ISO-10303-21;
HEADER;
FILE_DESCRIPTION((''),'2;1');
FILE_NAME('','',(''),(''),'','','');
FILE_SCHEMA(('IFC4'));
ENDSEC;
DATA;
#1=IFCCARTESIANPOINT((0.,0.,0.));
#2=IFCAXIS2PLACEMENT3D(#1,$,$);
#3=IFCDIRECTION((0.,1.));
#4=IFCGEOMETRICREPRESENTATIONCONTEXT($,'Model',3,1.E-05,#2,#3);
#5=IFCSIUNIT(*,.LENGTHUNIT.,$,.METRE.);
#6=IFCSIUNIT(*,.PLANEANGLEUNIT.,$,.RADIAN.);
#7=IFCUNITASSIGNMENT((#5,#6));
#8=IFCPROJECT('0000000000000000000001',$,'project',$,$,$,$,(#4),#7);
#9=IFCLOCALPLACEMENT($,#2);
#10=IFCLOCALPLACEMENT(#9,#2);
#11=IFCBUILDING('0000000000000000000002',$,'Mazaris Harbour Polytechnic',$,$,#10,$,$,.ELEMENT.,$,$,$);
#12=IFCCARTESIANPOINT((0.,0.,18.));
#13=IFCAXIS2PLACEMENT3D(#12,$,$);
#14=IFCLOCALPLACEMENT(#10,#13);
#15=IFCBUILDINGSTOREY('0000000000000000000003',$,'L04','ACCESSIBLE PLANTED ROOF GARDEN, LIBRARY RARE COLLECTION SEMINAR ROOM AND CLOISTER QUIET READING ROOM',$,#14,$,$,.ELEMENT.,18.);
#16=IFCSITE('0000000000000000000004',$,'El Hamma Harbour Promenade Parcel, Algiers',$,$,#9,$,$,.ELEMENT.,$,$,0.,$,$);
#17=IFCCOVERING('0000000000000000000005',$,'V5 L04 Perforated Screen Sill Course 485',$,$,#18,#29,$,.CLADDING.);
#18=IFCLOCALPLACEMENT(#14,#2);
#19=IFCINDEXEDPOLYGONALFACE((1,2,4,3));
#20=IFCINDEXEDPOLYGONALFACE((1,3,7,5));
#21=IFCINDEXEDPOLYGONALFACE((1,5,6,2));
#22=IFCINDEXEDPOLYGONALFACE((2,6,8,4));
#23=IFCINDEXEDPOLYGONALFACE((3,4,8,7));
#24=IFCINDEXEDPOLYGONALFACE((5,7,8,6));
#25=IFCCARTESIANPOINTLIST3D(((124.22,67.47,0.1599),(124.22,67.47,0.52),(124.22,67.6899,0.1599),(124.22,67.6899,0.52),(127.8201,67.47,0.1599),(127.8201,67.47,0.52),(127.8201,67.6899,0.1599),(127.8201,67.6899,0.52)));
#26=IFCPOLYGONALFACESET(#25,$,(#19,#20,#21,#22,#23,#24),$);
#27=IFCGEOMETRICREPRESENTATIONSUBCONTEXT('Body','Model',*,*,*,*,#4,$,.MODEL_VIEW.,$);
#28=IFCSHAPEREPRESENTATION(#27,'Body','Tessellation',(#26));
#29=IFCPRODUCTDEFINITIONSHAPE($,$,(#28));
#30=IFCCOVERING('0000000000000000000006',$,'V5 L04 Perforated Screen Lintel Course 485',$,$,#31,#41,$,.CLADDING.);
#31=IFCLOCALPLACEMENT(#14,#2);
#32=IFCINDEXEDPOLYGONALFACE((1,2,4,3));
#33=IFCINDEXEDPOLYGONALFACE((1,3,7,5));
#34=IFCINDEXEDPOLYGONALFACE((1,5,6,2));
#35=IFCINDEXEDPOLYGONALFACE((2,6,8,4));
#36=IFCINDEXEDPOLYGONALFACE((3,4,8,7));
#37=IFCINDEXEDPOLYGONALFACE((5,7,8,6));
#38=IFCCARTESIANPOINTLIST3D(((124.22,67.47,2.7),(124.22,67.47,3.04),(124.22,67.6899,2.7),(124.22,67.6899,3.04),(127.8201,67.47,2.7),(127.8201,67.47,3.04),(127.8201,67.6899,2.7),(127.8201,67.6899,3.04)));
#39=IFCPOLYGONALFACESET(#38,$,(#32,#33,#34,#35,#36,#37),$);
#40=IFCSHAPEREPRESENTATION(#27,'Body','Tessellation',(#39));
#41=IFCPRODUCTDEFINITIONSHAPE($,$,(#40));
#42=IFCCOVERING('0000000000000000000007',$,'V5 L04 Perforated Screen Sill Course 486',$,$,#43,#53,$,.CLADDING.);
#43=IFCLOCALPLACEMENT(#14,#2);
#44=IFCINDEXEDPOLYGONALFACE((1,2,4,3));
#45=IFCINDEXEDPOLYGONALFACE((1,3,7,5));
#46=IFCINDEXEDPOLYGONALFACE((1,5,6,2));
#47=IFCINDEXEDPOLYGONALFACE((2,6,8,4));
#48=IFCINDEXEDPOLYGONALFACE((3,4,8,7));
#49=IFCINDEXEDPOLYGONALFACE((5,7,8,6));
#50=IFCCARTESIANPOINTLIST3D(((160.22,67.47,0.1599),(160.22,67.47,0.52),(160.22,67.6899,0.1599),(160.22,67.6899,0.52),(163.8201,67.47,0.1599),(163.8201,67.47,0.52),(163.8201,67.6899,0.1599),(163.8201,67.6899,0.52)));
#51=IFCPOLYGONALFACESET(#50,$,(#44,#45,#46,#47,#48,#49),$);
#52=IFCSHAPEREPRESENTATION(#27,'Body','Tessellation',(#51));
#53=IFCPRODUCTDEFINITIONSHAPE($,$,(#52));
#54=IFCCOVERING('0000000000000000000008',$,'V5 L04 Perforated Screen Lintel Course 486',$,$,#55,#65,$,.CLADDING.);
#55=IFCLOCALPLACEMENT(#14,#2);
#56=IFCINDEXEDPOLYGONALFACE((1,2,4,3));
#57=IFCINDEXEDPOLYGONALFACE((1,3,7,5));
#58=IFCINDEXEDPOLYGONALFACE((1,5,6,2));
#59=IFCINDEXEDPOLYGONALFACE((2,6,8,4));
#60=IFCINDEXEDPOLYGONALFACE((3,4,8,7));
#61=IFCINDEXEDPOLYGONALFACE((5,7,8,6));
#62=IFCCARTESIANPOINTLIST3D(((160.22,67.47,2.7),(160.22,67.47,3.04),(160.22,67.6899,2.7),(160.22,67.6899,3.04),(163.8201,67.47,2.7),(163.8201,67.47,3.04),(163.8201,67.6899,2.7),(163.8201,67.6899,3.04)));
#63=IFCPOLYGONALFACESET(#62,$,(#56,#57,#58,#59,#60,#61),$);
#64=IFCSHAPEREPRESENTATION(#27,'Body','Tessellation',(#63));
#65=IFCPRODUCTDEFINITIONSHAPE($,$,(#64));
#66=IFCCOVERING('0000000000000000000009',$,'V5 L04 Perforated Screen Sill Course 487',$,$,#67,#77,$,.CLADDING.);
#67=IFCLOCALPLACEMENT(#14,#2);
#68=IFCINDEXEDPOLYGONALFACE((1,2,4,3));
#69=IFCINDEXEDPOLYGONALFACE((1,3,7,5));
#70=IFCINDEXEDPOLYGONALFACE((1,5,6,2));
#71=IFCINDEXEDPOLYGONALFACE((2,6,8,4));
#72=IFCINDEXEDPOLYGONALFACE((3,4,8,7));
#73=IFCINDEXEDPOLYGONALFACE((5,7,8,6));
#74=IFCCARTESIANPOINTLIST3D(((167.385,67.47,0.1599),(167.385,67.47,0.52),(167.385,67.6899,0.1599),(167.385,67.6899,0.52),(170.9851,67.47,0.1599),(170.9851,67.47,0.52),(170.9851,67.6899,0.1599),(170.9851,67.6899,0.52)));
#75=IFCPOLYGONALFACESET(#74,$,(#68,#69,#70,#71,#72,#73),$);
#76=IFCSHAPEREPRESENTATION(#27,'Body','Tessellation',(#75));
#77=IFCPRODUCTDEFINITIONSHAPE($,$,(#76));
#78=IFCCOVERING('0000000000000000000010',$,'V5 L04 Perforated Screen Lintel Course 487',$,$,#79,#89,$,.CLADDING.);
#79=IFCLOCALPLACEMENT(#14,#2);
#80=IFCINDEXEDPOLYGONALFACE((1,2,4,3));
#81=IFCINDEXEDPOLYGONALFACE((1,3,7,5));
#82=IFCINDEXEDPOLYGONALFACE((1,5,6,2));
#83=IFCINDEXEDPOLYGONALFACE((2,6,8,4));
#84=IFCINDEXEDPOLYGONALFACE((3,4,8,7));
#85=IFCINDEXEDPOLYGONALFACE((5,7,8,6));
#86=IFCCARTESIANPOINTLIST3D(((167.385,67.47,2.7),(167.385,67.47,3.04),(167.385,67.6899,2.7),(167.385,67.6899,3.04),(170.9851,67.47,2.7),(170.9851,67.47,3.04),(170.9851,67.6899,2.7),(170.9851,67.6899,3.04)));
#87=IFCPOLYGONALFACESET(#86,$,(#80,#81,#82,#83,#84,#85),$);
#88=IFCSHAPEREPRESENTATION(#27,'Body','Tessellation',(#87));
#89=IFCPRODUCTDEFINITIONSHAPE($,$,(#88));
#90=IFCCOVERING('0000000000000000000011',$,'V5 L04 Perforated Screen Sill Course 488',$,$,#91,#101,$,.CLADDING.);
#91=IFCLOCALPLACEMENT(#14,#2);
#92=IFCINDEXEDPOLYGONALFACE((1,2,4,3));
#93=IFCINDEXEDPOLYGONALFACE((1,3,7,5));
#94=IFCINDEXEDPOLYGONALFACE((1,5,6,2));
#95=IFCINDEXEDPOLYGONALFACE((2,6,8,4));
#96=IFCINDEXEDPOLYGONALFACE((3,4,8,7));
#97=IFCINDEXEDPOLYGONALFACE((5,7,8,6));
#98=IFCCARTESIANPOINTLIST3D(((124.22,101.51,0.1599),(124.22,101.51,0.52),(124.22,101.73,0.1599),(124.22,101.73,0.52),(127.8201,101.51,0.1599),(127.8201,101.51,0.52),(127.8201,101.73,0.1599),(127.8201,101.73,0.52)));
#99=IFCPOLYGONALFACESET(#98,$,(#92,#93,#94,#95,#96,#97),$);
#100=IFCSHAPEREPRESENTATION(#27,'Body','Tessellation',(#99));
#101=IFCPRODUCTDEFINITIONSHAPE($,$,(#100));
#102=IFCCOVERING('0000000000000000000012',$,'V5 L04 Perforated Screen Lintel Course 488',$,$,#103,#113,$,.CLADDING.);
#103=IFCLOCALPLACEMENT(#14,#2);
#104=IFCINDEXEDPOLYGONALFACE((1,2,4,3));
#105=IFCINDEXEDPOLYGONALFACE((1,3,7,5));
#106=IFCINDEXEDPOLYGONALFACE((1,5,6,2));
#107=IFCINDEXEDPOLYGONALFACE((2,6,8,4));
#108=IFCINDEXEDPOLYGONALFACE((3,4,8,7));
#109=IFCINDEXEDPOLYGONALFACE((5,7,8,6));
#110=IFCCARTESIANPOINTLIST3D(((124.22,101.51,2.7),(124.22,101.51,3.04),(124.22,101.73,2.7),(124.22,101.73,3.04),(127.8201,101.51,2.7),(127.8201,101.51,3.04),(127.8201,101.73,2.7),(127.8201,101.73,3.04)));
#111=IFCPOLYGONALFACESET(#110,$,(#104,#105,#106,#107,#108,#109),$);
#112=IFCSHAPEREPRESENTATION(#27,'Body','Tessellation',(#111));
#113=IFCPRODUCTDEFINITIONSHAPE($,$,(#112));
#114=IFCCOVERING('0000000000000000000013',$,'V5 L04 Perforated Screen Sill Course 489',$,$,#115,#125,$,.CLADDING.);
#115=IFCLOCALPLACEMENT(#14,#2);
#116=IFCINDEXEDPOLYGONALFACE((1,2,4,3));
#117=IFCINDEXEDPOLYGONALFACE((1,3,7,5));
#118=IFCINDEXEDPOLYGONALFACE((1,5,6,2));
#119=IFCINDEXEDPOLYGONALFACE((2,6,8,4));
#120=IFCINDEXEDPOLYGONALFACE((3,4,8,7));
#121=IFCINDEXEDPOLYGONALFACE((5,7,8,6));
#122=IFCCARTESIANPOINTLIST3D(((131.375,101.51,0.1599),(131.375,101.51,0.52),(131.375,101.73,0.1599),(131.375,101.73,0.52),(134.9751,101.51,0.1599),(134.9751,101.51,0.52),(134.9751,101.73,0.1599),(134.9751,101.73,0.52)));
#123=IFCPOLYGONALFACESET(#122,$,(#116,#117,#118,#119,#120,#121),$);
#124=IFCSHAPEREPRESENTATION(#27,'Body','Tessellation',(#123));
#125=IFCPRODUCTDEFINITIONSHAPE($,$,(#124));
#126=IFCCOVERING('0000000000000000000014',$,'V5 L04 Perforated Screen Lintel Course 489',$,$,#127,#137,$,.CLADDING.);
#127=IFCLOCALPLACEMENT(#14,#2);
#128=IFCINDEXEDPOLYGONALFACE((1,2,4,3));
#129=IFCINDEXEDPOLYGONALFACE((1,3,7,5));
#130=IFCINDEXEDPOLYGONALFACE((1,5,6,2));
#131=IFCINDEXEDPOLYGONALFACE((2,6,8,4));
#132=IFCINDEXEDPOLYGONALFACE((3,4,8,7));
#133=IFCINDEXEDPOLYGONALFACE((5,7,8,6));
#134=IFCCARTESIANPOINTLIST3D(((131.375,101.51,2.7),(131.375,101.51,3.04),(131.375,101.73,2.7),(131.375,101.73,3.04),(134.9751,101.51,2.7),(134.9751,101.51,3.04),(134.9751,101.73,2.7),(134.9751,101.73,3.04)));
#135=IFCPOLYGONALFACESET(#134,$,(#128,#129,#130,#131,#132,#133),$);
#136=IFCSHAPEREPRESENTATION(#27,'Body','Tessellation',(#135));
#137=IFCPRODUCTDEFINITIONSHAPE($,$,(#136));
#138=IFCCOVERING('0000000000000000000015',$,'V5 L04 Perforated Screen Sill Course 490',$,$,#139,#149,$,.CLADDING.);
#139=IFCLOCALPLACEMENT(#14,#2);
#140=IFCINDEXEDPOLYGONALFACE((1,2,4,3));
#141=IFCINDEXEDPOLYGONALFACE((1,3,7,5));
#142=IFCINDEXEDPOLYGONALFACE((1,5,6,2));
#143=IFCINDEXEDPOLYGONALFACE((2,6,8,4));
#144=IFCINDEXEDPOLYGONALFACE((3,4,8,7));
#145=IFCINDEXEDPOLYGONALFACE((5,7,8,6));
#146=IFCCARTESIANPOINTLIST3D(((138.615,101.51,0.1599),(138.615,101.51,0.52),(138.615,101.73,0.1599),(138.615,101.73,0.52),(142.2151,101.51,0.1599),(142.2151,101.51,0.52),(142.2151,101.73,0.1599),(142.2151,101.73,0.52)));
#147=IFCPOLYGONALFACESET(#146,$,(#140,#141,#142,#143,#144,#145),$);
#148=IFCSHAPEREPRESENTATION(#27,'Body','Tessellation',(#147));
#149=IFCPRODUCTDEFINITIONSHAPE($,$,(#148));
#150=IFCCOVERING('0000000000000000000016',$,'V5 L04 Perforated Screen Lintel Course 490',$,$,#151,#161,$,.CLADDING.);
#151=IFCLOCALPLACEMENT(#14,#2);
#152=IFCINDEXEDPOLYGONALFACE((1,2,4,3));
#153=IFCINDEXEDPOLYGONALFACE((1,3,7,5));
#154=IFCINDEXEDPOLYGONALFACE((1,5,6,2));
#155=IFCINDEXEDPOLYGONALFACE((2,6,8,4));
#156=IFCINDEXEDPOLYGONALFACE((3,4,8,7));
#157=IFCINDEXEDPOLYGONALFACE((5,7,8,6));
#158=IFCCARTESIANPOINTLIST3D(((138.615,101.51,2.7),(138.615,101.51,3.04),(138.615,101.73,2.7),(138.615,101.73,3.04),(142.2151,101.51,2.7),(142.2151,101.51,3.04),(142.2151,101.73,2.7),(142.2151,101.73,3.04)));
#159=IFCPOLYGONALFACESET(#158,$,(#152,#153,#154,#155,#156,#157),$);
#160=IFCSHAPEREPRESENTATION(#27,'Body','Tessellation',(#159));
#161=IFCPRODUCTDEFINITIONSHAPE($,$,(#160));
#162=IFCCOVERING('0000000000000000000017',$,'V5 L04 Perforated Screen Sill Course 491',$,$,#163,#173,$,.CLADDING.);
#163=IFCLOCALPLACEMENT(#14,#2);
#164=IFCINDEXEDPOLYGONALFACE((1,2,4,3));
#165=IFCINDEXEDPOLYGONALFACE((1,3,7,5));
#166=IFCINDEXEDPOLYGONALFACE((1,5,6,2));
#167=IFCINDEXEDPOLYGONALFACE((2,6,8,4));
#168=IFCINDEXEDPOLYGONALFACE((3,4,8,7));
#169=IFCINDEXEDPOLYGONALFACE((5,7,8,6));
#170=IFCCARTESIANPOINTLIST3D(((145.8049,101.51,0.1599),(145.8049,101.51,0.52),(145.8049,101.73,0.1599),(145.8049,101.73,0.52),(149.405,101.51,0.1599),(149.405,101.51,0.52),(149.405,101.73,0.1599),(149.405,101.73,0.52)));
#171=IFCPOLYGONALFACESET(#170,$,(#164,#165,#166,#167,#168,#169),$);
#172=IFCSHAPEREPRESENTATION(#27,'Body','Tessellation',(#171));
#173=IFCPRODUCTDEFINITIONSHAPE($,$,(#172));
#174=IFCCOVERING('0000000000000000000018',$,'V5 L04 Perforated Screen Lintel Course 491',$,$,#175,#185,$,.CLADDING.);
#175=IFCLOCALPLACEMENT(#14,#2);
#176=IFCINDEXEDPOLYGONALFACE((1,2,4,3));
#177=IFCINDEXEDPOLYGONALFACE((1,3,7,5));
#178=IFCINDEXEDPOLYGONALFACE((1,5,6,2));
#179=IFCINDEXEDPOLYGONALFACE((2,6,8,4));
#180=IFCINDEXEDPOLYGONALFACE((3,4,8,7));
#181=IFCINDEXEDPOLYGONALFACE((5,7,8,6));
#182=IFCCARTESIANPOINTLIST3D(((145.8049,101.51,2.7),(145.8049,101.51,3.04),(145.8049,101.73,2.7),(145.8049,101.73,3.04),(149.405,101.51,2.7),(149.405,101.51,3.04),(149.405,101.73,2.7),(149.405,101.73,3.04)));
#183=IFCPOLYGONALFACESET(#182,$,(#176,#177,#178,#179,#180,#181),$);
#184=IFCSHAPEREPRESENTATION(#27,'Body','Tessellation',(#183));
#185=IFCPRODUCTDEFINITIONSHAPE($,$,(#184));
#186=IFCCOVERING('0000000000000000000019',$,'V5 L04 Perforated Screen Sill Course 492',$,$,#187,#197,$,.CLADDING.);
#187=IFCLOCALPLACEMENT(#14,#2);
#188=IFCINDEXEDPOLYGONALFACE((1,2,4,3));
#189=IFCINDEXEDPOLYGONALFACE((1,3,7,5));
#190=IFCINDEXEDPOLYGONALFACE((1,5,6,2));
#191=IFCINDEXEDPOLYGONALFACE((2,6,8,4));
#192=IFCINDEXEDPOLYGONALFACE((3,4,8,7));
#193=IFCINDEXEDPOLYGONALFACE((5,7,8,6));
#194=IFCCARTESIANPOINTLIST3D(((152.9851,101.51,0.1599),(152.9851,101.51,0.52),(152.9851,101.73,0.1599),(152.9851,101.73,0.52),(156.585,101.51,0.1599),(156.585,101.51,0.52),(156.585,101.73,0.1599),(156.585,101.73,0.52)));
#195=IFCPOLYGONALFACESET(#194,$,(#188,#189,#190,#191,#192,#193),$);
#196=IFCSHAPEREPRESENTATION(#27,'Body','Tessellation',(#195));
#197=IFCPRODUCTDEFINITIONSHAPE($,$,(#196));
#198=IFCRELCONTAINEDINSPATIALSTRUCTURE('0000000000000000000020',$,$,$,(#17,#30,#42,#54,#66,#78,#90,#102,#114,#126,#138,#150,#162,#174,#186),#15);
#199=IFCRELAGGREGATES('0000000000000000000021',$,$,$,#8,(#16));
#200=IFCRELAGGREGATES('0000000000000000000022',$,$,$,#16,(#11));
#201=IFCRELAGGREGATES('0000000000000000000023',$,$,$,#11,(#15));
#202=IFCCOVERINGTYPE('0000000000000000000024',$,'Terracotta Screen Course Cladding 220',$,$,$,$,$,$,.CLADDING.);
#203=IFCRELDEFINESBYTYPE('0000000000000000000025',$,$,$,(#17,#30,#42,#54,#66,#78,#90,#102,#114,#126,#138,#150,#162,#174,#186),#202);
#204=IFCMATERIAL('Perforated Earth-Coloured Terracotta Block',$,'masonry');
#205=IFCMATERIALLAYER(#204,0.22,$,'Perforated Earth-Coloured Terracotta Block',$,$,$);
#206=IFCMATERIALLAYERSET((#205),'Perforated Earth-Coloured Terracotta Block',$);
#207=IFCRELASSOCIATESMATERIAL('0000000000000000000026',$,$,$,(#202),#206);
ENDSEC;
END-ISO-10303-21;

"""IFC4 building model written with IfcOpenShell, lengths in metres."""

from ifc_helpers import new_model, si_unit, direction, frame, origin, place, context, subcontext, project, spatial, polyline, outline, extrude, material, layer, layer_set, type_object, element, save


model = new_model("IFC4")

# Units and contexts
model_context = context("Model", 3, precision=1e-05, world=origin(), true_north=direction((0.0, 1.0)))
body_context = subcontext(model_context, "Body", "Model", "MODEL_VIEW")
ifc_project = project(units=[si_unit("LENGTHUNIT", "METRE"), si_unit("PLANEANGLEUNIT", "RADIAN")], contexts=[model_context])

# Site, building, storey
site_placement = place(None, origin())
site = spatial("IfcSite", under=ifc_project, at=site_placement, Name="El Hamma Harbour Promenade Parcel, Algiers", CompositionType="ELEMENT", RefElevation=0.0)
building_placement = place(site_placement, origin())
building = spatial("IfcBuilding", under=site, at=building_placement, Name="Mazaris Harbour Polytechnic", CompositionType="ELEMENT")
storey_placement = place(building_placement, frame((0.0, 0.0, 18.0)))
storey = spatial("IfcBuildingStorey", under=building, at=storey_placement, Name="L04", Description="ACCESSIBLE PLANTED ROOF GARDEN, LIBRARY RARE COLLECTION SEMINAR ROOM AND CLOISTER QUIET READING ROOM", CompositionType="ELEMENT", Elevation=18.0)

# Coverings
ifc_material = material(Name="Perforated Earth-Coloured Terracotta Block", Category="masonry")
ifc_layer = layer(ifc_material, 0.22, Name="Perforated Earth-Coloured Terracotta Block")
ifc_layer_set = layer_set([ifc_layer], Name="Perforated Earth-Coloured Terracotta Block")
covering_type = type_object("IfcCoveringType", Name="Terracotta Screen Course Cladding 220", PredefinedType="CLADDING", material=ifc_layer_set)
covering_1_placement = place(storey_placement, frame((0.0, 0.0, 0.1599)))
element("IfcCovering", 1, at=covering_1_placement, inside=storey, type_object=covering_type, Name="V5 L04 Perforated Screen Sill Course 485", PredefinedType="CLADDING", context=body_context, shape_type="SweptSolid", body=[
    extrude(outline(polyline([(127.8201, 67.6899), (124.22, 67.6899), (124.22, 67.47), (127.8201, 67.47), (127.8201, 67.6899)])), origin(), (0.0, 0.0, 1.0), 0.3601),
])
covering_2_placement = place(storey_placement, frame((0.0, 0.0, 2.7)))
element("IfcCovering", 2, at=covering_2_placement, inside=storey, type_object=covering_type, Name="V5 L04 Perforated Screen Lintel Course 485", PredefinedType="CLADDING", context=body_context, shape_type="SweptSolid", body=[
    extrude(outline(polyline([(127.8201, 67.6899), (124.22, 67.6899), (124.22, 67.47), (127.8201, 67.47), (127.8201, 67.6899)])), origin(), (0.0, 0.0, 1.0), 0.3401),
])
covering_3_placement = place(storey_placement, frame((0.0, 0.0, 0.1599)))
element("IfcCovering", 3, at=covering_3_placement, inside=storey, type_object=covering_type, Name="V5 L04 Perforated Screen Sill Course 486", PredefinedType="CLADDING", context=body_context, shape_type="SweptSolid", body=[
    extrude(outline(polyline([(163.8201, 67.6899), (160.22, 67.6899), (160.22, 67.47), (163.8201, 67.47), (163.8201, 67.6899)])), origin(), (0.0, 0.0, 1.0), 0.3601),
])
covering_4_placement = place(storey_placement, frame((0.0, 0.0, 2.7)))
element("IfcCovering", 4, at=covering_4_placement, inside=storey, type_object=covering_type, Name="V5 L04 Perforated Screen Lintel Course 486", PredefinedType="CLADDING", context=body_context, shape_type="SweptSolid", body=[
    extrude(outline(polyline([(163.8201, 67.6899), (160.22, 67.6899), (160.22, 67.47), (163.8201, 67.47), (163.8201, 67.6899)])), origin(), (0.0, 0.0, 1.0), 0.3401),
])
covering_5_placement = place(storey_placement, frame((0.0, 0.0, 0.1599)))
element("IfcCovering", 5, at=covering_5_placement, inside=storey, type_object=covering_type, Name="V5 L04 Perforated Screen Sill Course 487", PredefinedType="CLADDING", context=body_context, shape_type="SweptSolid", body=[
    extrude(outline(polyline([(170.9851, 67.6899), (167.385, 67.6899), (167.385, 67.47), (170.9851, 67.47), (170.9851, 67.6899)])), origin(), (0.0, 0.0, 1.0), 0.3601),
])
covering_6_placement = place(storey_placement, frame((0.0, 0.0, 2.7)))
element("IfcCovering", 6, at=covering_6_placement, inside=storey, type_object=covering_type, Name="V5 L04 Perforated Screen Lintel Course 487", PredefinedType="CLADDING", context=body_context, shape_type="SweptSolid", body=[
    extrude(outline(polyline([(170.9851, 67.6899), (167.385, 67.6899), (167.385, 67.47), (170.9851, 67.47), (170.9851, 67.6899)])), origin(), (0.0, 0.0, 1.0), 0.3401),
])
covering_7_placement = place(storey_placement, frame((0.0, 0.0, 0.1599)))
element("IfcCovering", 7, at=covering_7_placement, inside=storey, type_object=covering_type, Name="V5 L04 Perforated Screen Sill Course 488", PredefinedType="CLADDING", context=body_context, shape_type="SweptSolid", body=[
    extrude(outline(polyline([(124.22, 101.51), (127.8201, 101.51), (127.8201, 101.73), (124.22, 101.73), (124.22, 101.51)])), origin(), (0.0, 0.0, 1.0), 0.3601),
])
covering_8_placement = place(storey_placement, frame((0.0, 0.0, 2.7)))
element("IfcCovering", 8, at=covering_8_placement, inside=storey, type_object=covering_type, Name="V5 L04 Perforated Screen Lintel Course 488", PredefinedType="CLADDING", context=body_context, shape_type="SweptSolid", body=[
    extrude(outline(polyline([(124.22, 101.51), (127.8201, 101.51), (127.8201, 101.73), (124.22, 101.73), (124.22, 101.51)])), origin(), (0.0, 0.0, 1.0), 0.3401),
])
covering_9_placement = place(storey_placement, frame((0.0, 0.0, 0.1599)))
element("IfcCovering", 9, at=covering_9_placement, inside=storey, type_object=covering_type, Name="V5 L04 Perforated Screen Sill Course 489", PredefinedType="CLADDING", context=body_context, shape_type="SweptSolid", body=[
    extrude(outline(polyline([(131.375, 101.51), (134.9751, 101.51), (134.9751, 101.73), (131.375, 101.73), (131.375, 101.51)])), origin(), (0.0, 0.0, 1.0), 0.3601),
])
covering_10_placement = place(storey_placement, frame((0.0, 0.0, 2.7)))
element("IfcCovering", 10, at=covering_10_placement, inside=storey, type_object=covering_type, Name="V5 L04 Perforated Screen Lintel Course 489", PredefinedType="CLADDING", context=body_context, shape_type="SweptSolid", body=[
    extrude(outline(polyline([(131.375, 101.51), (134.9751, 101.51), (134.9751, 101.73), (131.375, 101.73), (131.375, 101.51)])), origin(), (0.0, 0.0, 1.0), 0.3401),
])
covering_11_placement = place(storey_placement, frame((0.0, 0.0, 0.1599)))
element("IfcCovering", 11, at=covering_11_placement, inside=storey, type_object=covering_type, Name="V5 L04 Perforated Screen Sill Course 490", PredefinedType="CLADDING", context=body_context, shape_type="SweptSolid", body=[
    extrude(outline(polyline([(138.615, 101.51), (142.2151, 101.51), (142.2151, 101.73), (138.615, 101.73), (138.615, 101.51)])), origin(), (0.0, 0.0, 1.0), 0.3601),
])
covering_12_placement = place(storey_placement, frame((0.0, 0.0, 2.7)))
element("IfcCovering", 12, at=covering_12_placement, inside=storey, type_object=covering_type, Name="V5 L04 Perforated Screen Lintel Course 490", PredefinedType="CLADDING", context=body_context, shape_type="SweptSolid", body=[
    extrude(outline(polyline([(138.615, 101.51), (142.2151, 101.51), (142.2151, 101.73), (138.615, 101.73), (138.615, 101.51)])), origin(), (0.0, 0.0, 1.0), 0.3401),
])
covering_13_placement = place(storey_placement, frame((0.0, 0.0, 0.1599)))
element("IfcCovering", 13, at=covering_13_placement, inside=storey, type_object=covering_type, Name="V5 L04 Perforated Screen Sill Course 491", PredefinedType="CLADDING", context=body_context, shape_type="SweptSolid", body=[
    extrude(outline(polyline([(145.8049, 101.51), (149.405, 101.51), (149.405, 101.73), (145.8049, 101.73), (145.8049, 101.51)])), origin(), (0.0, 0.0, 1.0), 0.3601),
])
covering_14_placement = place(storey_placement, frame((0.0, 0.0, 2.7)))
element("IfcCovering", 14, at=covering_14_placement, inside=storey, type_object=covering_type, Name="V5 L04 Perforated Screen Lintel Course 491", PredefinedType="CLADDING", context=body_context, shape_type="SweptSolid", body=[
    extrude(outline(polyline([(145.8049, 101.51), (149.405, 101.51), (149.405, 101.73), (145.8049, 101.73), (145.8049, 101.51)])), origin(), (0.0, 0.0, 1.0), 0.3401),
])
covering_15_placement = place(storey_placement, frame((0.0, 0.0, 0.1599)))
element("IfcCovering", 15, at=covering_15_placement, inside=storey, type_object=covering_type, Name="V5 L04 Perforated Screen Sill Course 492", PredefinedType="CLADDING", context=body_context, shape_type="SweptSolid", body=[
    extrude(outline(polyline([(152.9851, 101.51), (156.585, 101.51), (156.585, 101.73), (152.9851, 101.73), (152.9851, 101.51)])), origin(), (0.0, 0.0, 1.0), 0.3601),
])

save(model, "model.ifc")
